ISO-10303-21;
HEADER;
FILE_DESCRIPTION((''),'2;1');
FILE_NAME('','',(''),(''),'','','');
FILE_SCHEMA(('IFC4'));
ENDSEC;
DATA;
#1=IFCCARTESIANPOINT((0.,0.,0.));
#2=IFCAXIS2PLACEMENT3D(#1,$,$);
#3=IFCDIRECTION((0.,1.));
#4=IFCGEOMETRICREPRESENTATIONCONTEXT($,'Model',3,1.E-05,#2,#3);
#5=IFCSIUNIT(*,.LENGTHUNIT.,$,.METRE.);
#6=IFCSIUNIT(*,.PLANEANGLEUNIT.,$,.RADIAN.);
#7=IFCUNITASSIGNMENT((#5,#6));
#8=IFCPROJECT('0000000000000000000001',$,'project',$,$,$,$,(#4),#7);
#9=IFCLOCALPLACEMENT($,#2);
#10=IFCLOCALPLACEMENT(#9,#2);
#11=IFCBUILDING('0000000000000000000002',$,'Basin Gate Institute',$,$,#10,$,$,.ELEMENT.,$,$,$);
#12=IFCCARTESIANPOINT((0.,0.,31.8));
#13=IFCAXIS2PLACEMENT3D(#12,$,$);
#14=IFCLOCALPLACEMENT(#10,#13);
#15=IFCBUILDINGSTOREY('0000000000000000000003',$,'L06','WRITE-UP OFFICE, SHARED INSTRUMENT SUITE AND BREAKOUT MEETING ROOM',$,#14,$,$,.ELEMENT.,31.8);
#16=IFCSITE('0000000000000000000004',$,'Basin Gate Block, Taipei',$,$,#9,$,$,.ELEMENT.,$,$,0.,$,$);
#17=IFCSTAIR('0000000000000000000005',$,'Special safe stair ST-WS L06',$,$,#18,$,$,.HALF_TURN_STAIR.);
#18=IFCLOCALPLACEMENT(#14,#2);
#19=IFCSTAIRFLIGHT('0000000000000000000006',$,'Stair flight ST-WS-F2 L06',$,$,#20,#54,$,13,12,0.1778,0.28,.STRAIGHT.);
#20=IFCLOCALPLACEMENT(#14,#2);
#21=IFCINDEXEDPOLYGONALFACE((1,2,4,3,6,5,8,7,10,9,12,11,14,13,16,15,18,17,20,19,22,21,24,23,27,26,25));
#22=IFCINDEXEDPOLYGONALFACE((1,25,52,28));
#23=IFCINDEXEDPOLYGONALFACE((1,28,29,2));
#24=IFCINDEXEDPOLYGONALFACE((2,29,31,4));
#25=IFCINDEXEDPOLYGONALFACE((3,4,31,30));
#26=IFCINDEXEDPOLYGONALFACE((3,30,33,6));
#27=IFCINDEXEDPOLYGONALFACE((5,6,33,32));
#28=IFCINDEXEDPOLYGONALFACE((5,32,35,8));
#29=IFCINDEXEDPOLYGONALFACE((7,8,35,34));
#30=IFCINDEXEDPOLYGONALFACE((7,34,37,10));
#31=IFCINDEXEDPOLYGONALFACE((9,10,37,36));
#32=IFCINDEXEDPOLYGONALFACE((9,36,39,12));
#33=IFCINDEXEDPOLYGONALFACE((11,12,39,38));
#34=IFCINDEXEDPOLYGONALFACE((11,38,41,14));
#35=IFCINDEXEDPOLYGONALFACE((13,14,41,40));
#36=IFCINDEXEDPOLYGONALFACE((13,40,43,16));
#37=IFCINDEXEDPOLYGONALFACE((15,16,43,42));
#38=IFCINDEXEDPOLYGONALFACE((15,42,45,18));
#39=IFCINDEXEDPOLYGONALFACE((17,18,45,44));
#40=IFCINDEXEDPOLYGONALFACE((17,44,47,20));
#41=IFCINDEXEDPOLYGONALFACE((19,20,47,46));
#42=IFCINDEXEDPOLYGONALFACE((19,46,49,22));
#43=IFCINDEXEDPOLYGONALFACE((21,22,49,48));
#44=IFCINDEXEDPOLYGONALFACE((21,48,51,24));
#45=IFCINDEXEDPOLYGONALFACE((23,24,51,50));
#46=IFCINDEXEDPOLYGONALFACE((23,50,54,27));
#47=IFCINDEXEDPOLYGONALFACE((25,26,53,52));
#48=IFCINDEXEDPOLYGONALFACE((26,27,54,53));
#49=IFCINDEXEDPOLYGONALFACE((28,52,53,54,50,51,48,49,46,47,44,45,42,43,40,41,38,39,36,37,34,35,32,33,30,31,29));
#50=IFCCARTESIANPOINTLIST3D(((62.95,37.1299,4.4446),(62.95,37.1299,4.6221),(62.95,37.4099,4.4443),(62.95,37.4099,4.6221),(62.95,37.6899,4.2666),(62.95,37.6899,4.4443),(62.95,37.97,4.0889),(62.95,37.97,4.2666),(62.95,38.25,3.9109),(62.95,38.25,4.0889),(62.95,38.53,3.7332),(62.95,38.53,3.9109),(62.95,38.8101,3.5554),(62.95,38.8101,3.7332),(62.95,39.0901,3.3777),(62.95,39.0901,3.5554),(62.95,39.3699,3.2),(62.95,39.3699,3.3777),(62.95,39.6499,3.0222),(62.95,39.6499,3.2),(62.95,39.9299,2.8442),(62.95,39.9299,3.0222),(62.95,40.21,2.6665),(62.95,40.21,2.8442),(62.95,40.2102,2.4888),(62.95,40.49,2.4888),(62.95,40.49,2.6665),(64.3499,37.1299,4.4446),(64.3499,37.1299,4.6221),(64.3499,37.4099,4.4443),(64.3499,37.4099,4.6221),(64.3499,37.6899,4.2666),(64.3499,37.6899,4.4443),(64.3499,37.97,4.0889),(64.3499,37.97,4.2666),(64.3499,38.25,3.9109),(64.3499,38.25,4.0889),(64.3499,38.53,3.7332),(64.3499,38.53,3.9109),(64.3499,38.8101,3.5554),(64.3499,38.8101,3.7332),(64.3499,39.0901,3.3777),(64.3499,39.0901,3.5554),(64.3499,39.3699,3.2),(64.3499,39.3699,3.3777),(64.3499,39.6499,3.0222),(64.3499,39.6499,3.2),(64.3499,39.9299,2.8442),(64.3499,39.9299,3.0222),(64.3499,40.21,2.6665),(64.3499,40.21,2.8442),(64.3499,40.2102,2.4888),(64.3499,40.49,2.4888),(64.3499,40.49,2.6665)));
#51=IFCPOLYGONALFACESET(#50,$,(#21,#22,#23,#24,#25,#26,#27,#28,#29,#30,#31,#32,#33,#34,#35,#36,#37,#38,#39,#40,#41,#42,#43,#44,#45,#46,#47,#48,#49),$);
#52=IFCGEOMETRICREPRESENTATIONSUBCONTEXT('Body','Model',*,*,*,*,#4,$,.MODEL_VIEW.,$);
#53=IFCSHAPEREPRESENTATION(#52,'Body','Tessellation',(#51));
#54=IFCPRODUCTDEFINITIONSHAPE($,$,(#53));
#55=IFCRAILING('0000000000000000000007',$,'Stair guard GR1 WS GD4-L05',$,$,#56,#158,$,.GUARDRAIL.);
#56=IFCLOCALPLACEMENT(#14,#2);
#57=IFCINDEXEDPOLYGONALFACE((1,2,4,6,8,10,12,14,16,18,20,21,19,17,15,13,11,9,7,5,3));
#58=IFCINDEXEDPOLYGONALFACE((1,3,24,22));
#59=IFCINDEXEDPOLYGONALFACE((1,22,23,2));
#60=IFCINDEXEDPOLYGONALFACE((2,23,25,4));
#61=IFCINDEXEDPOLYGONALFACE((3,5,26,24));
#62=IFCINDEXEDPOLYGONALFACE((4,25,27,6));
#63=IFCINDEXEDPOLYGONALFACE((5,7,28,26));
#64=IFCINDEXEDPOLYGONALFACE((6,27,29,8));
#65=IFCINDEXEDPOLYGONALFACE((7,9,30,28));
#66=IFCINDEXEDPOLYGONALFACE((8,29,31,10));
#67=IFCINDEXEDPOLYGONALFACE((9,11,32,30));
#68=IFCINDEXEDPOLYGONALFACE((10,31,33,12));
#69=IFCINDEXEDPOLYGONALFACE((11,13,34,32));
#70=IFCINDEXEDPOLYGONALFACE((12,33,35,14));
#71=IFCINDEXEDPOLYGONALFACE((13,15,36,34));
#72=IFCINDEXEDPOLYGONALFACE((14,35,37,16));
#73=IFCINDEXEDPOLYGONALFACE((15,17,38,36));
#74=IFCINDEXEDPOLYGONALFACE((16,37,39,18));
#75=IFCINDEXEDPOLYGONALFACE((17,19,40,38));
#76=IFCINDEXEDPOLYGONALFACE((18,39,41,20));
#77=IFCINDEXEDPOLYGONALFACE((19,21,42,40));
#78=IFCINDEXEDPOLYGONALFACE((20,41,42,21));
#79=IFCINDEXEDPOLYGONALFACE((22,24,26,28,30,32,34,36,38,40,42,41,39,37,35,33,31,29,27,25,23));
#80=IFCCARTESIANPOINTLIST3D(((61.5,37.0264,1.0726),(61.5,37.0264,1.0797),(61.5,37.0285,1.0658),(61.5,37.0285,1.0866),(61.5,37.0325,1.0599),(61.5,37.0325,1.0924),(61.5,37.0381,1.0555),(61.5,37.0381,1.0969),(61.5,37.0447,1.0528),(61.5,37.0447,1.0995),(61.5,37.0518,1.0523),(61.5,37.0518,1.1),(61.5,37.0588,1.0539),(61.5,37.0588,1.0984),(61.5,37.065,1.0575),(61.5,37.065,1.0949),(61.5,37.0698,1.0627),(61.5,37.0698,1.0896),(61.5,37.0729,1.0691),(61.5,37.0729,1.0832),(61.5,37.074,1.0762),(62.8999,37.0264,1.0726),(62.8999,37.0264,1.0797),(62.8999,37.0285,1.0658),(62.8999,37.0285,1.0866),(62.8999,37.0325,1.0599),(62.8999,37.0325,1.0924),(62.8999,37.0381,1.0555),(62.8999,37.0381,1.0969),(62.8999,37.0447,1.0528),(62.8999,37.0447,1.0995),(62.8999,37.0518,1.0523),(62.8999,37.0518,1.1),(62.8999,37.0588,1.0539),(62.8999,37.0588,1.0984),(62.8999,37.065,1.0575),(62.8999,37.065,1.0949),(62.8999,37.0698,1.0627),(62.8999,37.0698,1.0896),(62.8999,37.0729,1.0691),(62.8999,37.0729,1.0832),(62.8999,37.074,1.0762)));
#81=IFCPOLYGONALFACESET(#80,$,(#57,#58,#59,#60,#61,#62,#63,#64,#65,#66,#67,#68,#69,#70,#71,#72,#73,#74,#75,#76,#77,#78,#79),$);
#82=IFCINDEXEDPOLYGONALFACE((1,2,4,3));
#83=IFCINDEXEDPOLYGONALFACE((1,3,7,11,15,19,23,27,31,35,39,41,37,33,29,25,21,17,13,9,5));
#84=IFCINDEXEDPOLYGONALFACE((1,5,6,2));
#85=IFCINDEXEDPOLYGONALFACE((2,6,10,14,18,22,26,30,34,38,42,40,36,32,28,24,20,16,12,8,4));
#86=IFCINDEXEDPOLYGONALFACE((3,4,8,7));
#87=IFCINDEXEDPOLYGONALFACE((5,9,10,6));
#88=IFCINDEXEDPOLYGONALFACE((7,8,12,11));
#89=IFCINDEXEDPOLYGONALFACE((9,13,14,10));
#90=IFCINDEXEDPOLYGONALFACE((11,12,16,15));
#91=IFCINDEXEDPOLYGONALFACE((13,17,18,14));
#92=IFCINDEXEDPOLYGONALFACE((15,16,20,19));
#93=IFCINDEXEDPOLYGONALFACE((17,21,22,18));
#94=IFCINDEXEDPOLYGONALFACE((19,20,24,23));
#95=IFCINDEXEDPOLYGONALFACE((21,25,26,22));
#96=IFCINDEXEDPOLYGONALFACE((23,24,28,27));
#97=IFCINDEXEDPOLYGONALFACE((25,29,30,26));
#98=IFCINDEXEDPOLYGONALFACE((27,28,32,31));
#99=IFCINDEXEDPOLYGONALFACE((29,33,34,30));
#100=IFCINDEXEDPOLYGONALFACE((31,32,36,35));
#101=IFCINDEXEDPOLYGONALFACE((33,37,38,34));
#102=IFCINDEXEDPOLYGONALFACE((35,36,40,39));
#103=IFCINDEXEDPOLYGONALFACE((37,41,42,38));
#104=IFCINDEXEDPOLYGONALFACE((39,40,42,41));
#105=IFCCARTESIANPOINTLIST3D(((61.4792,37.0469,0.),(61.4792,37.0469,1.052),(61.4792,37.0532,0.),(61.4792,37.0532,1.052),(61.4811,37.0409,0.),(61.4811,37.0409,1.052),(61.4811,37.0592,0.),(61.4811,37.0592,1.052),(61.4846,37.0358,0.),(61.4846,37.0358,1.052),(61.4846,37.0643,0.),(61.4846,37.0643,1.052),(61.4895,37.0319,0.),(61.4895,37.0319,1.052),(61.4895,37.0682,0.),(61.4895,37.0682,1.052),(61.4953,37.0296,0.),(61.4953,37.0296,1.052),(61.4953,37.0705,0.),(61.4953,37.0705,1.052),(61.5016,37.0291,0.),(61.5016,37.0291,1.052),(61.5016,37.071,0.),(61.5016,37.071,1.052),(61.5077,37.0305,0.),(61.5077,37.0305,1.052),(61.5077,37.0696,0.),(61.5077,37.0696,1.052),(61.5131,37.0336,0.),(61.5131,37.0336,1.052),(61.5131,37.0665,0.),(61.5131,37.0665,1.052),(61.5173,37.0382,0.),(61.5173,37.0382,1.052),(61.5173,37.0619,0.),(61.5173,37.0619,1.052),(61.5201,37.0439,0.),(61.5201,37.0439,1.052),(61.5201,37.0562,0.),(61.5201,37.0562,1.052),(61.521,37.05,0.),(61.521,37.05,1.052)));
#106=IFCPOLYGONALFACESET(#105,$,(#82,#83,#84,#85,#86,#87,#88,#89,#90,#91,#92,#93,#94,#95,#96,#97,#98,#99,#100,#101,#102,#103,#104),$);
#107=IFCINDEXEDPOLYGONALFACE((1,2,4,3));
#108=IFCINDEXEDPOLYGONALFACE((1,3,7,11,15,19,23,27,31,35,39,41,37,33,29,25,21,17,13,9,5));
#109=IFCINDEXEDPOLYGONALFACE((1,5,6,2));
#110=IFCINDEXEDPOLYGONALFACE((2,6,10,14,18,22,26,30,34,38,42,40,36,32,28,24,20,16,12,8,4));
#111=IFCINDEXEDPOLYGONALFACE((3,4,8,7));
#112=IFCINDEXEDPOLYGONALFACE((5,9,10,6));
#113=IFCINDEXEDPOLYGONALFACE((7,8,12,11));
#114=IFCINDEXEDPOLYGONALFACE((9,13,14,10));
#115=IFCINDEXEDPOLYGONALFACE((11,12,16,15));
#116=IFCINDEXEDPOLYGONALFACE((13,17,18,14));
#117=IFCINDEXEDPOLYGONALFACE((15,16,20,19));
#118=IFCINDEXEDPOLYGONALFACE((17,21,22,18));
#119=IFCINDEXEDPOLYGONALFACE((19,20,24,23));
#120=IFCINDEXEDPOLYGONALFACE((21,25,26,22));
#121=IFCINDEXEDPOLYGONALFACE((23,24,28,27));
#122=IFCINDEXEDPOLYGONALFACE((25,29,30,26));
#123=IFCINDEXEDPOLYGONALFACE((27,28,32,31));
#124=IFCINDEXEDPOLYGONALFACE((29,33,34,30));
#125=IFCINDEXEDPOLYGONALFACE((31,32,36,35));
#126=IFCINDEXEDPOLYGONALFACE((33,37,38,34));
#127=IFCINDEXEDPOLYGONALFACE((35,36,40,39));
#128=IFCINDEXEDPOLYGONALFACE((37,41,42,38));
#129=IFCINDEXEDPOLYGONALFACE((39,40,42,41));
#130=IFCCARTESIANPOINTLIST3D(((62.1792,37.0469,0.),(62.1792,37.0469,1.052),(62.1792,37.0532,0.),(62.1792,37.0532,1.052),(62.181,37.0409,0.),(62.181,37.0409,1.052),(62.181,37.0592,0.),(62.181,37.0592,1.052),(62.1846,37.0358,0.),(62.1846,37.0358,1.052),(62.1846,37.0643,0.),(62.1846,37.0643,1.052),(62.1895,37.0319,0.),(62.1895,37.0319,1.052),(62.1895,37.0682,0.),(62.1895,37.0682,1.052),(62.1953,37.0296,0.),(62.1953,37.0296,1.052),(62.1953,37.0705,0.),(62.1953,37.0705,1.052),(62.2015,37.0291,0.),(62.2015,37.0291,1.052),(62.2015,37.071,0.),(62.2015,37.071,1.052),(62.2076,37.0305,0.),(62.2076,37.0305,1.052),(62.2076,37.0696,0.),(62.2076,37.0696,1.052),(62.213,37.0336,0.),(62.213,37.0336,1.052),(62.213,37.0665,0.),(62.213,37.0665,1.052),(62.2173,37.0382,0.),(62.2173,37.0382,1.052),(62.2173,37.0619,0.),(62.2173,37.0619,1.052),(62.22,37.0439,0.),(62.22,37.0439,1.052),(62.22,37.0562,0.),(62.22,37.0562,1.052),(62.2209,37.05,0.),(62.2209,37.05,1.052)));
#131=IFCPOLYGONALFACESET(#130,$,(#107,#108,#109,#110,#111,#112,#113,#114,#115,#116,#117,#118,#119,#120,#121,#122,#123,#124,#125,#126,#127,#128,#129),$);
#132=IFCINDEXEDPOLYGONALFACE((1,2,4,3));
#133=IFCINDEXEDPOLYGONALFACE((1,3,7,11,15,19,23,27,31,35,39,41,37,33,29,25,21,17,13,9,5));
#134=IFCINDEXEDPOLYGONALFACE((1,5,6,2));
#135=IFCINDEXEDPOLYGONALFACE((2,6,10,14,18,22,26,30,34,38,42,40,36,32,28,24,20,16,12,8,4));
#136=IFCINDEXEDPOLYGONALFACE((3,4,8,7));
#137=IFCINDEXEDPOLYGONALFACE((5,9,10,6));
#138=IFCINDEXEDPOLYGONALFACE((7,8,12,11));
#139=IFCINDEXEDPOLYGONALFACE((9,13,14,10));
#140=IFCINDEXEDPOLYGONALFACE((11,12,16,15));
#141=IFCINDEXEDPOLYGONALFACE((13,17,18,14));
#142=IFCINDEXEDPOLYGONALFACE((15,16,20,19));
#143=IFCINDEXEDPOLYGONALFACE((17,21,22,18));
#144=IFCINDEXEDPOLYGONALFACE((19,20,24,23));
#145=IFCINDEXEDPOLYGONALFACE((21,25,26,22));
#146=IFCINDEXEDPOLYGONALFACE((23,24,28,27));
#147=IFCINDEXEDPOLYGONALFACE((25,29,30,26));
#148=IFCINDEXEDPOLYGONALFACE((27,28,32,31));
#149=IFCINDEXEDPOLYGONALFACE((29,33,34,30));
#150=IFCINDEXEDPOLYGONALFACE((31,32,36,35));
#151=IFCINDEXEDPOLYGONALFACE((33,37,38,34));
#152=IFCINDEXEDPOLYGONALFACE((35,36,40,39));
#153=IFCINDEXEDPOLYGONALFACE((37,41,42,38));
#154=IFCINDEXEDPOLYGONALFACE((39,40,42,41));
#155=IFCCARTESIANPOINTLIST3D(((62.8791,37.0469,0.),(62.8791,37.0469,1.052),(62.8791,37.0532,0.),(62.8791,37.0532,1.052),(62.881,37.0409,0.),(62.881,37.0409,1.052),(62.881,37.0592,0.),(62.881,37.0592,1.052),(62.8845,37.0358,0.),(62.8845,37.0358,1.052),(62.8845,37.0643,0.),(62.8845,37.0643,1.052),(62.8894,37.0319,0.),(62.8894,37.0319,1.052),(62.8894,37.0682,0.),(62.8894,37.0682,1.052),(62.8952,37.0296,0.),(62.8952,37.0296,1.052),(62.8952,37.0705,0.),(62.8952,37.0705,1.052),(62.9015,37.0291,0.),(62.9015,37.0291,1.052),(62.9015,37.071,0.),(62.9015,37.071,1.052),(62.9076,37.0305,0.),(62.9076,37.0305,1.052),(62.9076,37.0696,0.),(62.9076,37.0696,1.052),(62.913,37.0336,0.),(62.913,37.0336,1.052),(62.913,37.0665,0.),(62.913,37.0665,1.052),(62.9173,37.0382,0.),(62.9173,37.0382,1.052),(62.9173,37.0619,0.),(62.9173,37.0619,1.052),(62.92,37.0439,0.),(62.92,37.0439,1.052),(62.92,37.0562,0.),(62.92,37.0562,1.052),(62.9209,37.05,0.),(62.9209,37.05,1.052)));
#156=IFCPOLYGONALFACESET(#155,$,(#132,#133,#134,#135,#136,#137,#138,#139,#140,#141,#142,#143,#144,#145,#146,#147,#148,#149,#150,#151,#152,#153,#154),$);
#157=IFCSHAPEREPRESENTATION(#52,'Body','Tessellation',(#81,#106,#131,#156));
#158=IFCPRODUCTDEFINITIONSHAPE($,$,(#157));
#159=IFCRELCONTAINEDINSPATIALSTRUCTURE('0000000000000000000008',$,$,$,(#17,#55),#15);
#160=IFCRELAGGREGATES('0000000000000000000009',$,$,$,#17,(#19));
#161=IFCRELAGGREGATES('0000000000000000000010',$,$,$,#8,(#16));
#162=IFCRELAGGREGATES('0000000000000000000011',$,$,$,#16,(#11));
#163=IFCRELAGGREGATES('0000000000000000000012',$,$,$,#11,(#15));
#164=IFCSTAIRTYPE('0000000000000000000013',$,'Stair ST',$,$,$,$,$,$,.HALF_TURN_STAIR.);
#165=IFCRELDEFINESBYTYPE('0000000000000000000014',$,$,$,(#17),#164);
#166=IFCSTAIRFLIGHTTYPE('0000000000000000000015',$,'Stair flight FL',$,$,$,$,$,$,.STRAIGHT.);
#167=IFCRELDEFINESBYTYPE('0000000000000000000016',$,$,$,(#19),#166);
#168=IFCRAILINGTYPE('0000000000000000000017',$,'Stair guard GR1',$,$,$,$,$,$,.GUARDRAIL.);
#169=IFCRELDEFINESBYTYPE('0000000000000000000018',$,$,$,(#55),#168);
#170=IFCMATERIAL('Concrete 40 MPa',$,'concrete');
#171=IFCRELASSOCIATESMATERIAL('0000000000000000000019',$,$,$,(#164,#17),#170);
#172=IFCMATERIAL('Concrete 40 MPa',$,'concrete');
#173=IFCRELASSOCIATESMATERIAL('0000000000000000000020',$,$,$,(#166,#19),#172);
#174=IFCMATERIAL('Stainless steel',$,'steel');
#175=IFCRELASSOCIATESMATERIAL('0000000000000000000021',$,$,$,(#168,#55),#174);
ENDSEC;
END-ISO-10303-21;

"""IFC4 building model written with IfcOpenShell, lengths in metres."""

from ifc_helpers import new_model, si_unit, direction, frame, origin, origin_2d, place, context, subcontext, project, spatial, polyline, circle, outline, extrude, material, type_object, element, aggregate, save


model = new_model("IFC4")

# Units and contexts
model_context = context("Model", 3, precision=1e-05, world=origin(), true_north=direction((0.0, 1.0)))
body_context = subcontext(model_context, "Body", "Model", "MODEL_VIEW")
ifc_project = project(units=[si_unit("LENGTHUNIT", "METRE"), si_unit("PLANEANGLEUNIT", "RADIAN")], contexts=[model_context])

# Site, building, storey
site_placement = place(None, origin())
site = spatial("IfcSite", under=ifc_project, at=site_placement, Name="Basin Gate Block, Taipei", CompositionType="ELEMENT", RefElevation=0.0)
building_placement = place(site_placement, origin())
building = spatial("IfcBuilding", under=site, at=building_placement, Name="Basin Gate Institute", CompositionType="ELEMENT")
storey_placement = place(building_placement, frame((0.0, 0.0, 31.8)))
storey = spatial("IfcBuildingStorey", under=building, at=storey_placement, Name="L06", Description="WRITE-UP OFFICE, SHARED INSTRUMENT SUITE AND BREAKOUT MEETING ROOM", CompositionType="ELEMENT", Elevation=31.8)

# Stair, stair flight
ifc_material_1 = material(Name="Concrete 40 MPa", Category="concrete")
stair_type = type_object("IfcStairType", Name="Stair ST", PredefinedType="HALF_TURN_STAIR", material=ifc_material_1)
stair_placement = place(storey_placement, origin())
stair = element("IfcStair", 1, at=stair_placement, inside=storey, type_object=stair_type, material=ifc_material_1, Name="Special safe stair ST-WS L06", PredefinedType="HALF_TURN_STAIR")
ifc_material_2 = material(Name="Concrete 40 MPa", Category="concrete")
stair_flight_type = type_object("IfcStairFlightType", Name="Stair flight FL", PredefinedType="STRAIGHT", material=ifc_material_2)
stair_flight_1_placement = place(storey_placement, frame((63.6499, 40.49, 2.4888), z_axis=(0.0, 0.0, 1.0), x_axis=(0.0, -1.0, 0.0)))
stair_flight_1 = element("IfcStairFlight", 2, at=stair_flight_1_placement, type_object=stair_flight_type, material=ifc_material_2, Name="Stair flight ST-WS-F2 L06", NumberOfRisers=13, NumberOfTreads=12, PredefinedType="STRAIGHT", RiserHeight=0.1778, TreadLength=0.28, context=body_context, shape_type="SweptSolid", body=[
    extrude(outline(polyline([(0.0, 0.0), (0.0, 0.1777), (0.28, 0.1777), (0.28, 0.3555), (0.5601, 0.3555), (0.5601, 0.5334), (0.8401, 0.5334), (0.8401, 0.7112), (1.1201, 0.7112), (1.1201, 0.8889), (1.3999, 0.8889), (1.3999, 1.0667), (1.6799, 1.0667), (1.6799, 1.2444), (1.96, 1.2444), (1.96, 1.4221), (2.24, 1.4221), (2.24, 1.6001), (2.52, 1.6001), (2.52, 1.7778), (2.8, 1.7778), (2.8, 1.9556), (3.0801, 1.9556), (3.0801, 2.1333), (3.3601, 2.1333), (3.3601, 2.311), (3.3601, 1.9558), (0.2798, 0.0), (0.0, 0.0)])), frame((0.0, 0.7, 0.0), z_axis=(0.0, -1.0, 0.0), x_axis=(1.0, 0.0, 0.0)), (0.0, 0.0, 1.0), 1.3999),
])
aggregate(stair, [stair_flight_1])

# Railing
ifc_material_3 = material(Name="Stainless steel", Category="steel")
railing_type_1 = type_object("IfcRailingType", Name="Stair guard GR1", PredefinedType="GUARDRAIL", material=ifc_material_3)
railing_1_placement = place(storey_placement, frame((61.5, 37.05, 0.0)))
element("IfcRailing", 3, at=railing_1_placement, inside=storey, type_object=railing_type_1, material=ifc_material_3, Name="Stair guard GR1 WS GD4-L05", PredefinedType="GUARDRAIL", context=body_context, shape_type="SweptSolid", body=[
    extrude(circle(Radius=0.0239, at=origin_2d()), frame((0.0, 0.0, 1.0762), z_axis=(1.0, 0.0, 0.0), x_axis=(0.0, 1.0, 0.0)), (0.0, 0.0, 1.0), 1.3999),
    extrude(circle(Radius=0.021, at=origin_2d()), origin(), (0.0, 0.0, 1.0), 1.052),
    extrude(circle(Radius=0.021, at=origin_2d()), frame((0.7, 0.0, 0.0)), (0.0, 0.0, 1.0), 1.052),
    extrude(circle(Radius=0.021, at=origin_2d()), frame((1.3999, 0.0, 0.0)), (0.0, 0.0, 1.0), 1.052),
])

save(model, "model.ifc")
